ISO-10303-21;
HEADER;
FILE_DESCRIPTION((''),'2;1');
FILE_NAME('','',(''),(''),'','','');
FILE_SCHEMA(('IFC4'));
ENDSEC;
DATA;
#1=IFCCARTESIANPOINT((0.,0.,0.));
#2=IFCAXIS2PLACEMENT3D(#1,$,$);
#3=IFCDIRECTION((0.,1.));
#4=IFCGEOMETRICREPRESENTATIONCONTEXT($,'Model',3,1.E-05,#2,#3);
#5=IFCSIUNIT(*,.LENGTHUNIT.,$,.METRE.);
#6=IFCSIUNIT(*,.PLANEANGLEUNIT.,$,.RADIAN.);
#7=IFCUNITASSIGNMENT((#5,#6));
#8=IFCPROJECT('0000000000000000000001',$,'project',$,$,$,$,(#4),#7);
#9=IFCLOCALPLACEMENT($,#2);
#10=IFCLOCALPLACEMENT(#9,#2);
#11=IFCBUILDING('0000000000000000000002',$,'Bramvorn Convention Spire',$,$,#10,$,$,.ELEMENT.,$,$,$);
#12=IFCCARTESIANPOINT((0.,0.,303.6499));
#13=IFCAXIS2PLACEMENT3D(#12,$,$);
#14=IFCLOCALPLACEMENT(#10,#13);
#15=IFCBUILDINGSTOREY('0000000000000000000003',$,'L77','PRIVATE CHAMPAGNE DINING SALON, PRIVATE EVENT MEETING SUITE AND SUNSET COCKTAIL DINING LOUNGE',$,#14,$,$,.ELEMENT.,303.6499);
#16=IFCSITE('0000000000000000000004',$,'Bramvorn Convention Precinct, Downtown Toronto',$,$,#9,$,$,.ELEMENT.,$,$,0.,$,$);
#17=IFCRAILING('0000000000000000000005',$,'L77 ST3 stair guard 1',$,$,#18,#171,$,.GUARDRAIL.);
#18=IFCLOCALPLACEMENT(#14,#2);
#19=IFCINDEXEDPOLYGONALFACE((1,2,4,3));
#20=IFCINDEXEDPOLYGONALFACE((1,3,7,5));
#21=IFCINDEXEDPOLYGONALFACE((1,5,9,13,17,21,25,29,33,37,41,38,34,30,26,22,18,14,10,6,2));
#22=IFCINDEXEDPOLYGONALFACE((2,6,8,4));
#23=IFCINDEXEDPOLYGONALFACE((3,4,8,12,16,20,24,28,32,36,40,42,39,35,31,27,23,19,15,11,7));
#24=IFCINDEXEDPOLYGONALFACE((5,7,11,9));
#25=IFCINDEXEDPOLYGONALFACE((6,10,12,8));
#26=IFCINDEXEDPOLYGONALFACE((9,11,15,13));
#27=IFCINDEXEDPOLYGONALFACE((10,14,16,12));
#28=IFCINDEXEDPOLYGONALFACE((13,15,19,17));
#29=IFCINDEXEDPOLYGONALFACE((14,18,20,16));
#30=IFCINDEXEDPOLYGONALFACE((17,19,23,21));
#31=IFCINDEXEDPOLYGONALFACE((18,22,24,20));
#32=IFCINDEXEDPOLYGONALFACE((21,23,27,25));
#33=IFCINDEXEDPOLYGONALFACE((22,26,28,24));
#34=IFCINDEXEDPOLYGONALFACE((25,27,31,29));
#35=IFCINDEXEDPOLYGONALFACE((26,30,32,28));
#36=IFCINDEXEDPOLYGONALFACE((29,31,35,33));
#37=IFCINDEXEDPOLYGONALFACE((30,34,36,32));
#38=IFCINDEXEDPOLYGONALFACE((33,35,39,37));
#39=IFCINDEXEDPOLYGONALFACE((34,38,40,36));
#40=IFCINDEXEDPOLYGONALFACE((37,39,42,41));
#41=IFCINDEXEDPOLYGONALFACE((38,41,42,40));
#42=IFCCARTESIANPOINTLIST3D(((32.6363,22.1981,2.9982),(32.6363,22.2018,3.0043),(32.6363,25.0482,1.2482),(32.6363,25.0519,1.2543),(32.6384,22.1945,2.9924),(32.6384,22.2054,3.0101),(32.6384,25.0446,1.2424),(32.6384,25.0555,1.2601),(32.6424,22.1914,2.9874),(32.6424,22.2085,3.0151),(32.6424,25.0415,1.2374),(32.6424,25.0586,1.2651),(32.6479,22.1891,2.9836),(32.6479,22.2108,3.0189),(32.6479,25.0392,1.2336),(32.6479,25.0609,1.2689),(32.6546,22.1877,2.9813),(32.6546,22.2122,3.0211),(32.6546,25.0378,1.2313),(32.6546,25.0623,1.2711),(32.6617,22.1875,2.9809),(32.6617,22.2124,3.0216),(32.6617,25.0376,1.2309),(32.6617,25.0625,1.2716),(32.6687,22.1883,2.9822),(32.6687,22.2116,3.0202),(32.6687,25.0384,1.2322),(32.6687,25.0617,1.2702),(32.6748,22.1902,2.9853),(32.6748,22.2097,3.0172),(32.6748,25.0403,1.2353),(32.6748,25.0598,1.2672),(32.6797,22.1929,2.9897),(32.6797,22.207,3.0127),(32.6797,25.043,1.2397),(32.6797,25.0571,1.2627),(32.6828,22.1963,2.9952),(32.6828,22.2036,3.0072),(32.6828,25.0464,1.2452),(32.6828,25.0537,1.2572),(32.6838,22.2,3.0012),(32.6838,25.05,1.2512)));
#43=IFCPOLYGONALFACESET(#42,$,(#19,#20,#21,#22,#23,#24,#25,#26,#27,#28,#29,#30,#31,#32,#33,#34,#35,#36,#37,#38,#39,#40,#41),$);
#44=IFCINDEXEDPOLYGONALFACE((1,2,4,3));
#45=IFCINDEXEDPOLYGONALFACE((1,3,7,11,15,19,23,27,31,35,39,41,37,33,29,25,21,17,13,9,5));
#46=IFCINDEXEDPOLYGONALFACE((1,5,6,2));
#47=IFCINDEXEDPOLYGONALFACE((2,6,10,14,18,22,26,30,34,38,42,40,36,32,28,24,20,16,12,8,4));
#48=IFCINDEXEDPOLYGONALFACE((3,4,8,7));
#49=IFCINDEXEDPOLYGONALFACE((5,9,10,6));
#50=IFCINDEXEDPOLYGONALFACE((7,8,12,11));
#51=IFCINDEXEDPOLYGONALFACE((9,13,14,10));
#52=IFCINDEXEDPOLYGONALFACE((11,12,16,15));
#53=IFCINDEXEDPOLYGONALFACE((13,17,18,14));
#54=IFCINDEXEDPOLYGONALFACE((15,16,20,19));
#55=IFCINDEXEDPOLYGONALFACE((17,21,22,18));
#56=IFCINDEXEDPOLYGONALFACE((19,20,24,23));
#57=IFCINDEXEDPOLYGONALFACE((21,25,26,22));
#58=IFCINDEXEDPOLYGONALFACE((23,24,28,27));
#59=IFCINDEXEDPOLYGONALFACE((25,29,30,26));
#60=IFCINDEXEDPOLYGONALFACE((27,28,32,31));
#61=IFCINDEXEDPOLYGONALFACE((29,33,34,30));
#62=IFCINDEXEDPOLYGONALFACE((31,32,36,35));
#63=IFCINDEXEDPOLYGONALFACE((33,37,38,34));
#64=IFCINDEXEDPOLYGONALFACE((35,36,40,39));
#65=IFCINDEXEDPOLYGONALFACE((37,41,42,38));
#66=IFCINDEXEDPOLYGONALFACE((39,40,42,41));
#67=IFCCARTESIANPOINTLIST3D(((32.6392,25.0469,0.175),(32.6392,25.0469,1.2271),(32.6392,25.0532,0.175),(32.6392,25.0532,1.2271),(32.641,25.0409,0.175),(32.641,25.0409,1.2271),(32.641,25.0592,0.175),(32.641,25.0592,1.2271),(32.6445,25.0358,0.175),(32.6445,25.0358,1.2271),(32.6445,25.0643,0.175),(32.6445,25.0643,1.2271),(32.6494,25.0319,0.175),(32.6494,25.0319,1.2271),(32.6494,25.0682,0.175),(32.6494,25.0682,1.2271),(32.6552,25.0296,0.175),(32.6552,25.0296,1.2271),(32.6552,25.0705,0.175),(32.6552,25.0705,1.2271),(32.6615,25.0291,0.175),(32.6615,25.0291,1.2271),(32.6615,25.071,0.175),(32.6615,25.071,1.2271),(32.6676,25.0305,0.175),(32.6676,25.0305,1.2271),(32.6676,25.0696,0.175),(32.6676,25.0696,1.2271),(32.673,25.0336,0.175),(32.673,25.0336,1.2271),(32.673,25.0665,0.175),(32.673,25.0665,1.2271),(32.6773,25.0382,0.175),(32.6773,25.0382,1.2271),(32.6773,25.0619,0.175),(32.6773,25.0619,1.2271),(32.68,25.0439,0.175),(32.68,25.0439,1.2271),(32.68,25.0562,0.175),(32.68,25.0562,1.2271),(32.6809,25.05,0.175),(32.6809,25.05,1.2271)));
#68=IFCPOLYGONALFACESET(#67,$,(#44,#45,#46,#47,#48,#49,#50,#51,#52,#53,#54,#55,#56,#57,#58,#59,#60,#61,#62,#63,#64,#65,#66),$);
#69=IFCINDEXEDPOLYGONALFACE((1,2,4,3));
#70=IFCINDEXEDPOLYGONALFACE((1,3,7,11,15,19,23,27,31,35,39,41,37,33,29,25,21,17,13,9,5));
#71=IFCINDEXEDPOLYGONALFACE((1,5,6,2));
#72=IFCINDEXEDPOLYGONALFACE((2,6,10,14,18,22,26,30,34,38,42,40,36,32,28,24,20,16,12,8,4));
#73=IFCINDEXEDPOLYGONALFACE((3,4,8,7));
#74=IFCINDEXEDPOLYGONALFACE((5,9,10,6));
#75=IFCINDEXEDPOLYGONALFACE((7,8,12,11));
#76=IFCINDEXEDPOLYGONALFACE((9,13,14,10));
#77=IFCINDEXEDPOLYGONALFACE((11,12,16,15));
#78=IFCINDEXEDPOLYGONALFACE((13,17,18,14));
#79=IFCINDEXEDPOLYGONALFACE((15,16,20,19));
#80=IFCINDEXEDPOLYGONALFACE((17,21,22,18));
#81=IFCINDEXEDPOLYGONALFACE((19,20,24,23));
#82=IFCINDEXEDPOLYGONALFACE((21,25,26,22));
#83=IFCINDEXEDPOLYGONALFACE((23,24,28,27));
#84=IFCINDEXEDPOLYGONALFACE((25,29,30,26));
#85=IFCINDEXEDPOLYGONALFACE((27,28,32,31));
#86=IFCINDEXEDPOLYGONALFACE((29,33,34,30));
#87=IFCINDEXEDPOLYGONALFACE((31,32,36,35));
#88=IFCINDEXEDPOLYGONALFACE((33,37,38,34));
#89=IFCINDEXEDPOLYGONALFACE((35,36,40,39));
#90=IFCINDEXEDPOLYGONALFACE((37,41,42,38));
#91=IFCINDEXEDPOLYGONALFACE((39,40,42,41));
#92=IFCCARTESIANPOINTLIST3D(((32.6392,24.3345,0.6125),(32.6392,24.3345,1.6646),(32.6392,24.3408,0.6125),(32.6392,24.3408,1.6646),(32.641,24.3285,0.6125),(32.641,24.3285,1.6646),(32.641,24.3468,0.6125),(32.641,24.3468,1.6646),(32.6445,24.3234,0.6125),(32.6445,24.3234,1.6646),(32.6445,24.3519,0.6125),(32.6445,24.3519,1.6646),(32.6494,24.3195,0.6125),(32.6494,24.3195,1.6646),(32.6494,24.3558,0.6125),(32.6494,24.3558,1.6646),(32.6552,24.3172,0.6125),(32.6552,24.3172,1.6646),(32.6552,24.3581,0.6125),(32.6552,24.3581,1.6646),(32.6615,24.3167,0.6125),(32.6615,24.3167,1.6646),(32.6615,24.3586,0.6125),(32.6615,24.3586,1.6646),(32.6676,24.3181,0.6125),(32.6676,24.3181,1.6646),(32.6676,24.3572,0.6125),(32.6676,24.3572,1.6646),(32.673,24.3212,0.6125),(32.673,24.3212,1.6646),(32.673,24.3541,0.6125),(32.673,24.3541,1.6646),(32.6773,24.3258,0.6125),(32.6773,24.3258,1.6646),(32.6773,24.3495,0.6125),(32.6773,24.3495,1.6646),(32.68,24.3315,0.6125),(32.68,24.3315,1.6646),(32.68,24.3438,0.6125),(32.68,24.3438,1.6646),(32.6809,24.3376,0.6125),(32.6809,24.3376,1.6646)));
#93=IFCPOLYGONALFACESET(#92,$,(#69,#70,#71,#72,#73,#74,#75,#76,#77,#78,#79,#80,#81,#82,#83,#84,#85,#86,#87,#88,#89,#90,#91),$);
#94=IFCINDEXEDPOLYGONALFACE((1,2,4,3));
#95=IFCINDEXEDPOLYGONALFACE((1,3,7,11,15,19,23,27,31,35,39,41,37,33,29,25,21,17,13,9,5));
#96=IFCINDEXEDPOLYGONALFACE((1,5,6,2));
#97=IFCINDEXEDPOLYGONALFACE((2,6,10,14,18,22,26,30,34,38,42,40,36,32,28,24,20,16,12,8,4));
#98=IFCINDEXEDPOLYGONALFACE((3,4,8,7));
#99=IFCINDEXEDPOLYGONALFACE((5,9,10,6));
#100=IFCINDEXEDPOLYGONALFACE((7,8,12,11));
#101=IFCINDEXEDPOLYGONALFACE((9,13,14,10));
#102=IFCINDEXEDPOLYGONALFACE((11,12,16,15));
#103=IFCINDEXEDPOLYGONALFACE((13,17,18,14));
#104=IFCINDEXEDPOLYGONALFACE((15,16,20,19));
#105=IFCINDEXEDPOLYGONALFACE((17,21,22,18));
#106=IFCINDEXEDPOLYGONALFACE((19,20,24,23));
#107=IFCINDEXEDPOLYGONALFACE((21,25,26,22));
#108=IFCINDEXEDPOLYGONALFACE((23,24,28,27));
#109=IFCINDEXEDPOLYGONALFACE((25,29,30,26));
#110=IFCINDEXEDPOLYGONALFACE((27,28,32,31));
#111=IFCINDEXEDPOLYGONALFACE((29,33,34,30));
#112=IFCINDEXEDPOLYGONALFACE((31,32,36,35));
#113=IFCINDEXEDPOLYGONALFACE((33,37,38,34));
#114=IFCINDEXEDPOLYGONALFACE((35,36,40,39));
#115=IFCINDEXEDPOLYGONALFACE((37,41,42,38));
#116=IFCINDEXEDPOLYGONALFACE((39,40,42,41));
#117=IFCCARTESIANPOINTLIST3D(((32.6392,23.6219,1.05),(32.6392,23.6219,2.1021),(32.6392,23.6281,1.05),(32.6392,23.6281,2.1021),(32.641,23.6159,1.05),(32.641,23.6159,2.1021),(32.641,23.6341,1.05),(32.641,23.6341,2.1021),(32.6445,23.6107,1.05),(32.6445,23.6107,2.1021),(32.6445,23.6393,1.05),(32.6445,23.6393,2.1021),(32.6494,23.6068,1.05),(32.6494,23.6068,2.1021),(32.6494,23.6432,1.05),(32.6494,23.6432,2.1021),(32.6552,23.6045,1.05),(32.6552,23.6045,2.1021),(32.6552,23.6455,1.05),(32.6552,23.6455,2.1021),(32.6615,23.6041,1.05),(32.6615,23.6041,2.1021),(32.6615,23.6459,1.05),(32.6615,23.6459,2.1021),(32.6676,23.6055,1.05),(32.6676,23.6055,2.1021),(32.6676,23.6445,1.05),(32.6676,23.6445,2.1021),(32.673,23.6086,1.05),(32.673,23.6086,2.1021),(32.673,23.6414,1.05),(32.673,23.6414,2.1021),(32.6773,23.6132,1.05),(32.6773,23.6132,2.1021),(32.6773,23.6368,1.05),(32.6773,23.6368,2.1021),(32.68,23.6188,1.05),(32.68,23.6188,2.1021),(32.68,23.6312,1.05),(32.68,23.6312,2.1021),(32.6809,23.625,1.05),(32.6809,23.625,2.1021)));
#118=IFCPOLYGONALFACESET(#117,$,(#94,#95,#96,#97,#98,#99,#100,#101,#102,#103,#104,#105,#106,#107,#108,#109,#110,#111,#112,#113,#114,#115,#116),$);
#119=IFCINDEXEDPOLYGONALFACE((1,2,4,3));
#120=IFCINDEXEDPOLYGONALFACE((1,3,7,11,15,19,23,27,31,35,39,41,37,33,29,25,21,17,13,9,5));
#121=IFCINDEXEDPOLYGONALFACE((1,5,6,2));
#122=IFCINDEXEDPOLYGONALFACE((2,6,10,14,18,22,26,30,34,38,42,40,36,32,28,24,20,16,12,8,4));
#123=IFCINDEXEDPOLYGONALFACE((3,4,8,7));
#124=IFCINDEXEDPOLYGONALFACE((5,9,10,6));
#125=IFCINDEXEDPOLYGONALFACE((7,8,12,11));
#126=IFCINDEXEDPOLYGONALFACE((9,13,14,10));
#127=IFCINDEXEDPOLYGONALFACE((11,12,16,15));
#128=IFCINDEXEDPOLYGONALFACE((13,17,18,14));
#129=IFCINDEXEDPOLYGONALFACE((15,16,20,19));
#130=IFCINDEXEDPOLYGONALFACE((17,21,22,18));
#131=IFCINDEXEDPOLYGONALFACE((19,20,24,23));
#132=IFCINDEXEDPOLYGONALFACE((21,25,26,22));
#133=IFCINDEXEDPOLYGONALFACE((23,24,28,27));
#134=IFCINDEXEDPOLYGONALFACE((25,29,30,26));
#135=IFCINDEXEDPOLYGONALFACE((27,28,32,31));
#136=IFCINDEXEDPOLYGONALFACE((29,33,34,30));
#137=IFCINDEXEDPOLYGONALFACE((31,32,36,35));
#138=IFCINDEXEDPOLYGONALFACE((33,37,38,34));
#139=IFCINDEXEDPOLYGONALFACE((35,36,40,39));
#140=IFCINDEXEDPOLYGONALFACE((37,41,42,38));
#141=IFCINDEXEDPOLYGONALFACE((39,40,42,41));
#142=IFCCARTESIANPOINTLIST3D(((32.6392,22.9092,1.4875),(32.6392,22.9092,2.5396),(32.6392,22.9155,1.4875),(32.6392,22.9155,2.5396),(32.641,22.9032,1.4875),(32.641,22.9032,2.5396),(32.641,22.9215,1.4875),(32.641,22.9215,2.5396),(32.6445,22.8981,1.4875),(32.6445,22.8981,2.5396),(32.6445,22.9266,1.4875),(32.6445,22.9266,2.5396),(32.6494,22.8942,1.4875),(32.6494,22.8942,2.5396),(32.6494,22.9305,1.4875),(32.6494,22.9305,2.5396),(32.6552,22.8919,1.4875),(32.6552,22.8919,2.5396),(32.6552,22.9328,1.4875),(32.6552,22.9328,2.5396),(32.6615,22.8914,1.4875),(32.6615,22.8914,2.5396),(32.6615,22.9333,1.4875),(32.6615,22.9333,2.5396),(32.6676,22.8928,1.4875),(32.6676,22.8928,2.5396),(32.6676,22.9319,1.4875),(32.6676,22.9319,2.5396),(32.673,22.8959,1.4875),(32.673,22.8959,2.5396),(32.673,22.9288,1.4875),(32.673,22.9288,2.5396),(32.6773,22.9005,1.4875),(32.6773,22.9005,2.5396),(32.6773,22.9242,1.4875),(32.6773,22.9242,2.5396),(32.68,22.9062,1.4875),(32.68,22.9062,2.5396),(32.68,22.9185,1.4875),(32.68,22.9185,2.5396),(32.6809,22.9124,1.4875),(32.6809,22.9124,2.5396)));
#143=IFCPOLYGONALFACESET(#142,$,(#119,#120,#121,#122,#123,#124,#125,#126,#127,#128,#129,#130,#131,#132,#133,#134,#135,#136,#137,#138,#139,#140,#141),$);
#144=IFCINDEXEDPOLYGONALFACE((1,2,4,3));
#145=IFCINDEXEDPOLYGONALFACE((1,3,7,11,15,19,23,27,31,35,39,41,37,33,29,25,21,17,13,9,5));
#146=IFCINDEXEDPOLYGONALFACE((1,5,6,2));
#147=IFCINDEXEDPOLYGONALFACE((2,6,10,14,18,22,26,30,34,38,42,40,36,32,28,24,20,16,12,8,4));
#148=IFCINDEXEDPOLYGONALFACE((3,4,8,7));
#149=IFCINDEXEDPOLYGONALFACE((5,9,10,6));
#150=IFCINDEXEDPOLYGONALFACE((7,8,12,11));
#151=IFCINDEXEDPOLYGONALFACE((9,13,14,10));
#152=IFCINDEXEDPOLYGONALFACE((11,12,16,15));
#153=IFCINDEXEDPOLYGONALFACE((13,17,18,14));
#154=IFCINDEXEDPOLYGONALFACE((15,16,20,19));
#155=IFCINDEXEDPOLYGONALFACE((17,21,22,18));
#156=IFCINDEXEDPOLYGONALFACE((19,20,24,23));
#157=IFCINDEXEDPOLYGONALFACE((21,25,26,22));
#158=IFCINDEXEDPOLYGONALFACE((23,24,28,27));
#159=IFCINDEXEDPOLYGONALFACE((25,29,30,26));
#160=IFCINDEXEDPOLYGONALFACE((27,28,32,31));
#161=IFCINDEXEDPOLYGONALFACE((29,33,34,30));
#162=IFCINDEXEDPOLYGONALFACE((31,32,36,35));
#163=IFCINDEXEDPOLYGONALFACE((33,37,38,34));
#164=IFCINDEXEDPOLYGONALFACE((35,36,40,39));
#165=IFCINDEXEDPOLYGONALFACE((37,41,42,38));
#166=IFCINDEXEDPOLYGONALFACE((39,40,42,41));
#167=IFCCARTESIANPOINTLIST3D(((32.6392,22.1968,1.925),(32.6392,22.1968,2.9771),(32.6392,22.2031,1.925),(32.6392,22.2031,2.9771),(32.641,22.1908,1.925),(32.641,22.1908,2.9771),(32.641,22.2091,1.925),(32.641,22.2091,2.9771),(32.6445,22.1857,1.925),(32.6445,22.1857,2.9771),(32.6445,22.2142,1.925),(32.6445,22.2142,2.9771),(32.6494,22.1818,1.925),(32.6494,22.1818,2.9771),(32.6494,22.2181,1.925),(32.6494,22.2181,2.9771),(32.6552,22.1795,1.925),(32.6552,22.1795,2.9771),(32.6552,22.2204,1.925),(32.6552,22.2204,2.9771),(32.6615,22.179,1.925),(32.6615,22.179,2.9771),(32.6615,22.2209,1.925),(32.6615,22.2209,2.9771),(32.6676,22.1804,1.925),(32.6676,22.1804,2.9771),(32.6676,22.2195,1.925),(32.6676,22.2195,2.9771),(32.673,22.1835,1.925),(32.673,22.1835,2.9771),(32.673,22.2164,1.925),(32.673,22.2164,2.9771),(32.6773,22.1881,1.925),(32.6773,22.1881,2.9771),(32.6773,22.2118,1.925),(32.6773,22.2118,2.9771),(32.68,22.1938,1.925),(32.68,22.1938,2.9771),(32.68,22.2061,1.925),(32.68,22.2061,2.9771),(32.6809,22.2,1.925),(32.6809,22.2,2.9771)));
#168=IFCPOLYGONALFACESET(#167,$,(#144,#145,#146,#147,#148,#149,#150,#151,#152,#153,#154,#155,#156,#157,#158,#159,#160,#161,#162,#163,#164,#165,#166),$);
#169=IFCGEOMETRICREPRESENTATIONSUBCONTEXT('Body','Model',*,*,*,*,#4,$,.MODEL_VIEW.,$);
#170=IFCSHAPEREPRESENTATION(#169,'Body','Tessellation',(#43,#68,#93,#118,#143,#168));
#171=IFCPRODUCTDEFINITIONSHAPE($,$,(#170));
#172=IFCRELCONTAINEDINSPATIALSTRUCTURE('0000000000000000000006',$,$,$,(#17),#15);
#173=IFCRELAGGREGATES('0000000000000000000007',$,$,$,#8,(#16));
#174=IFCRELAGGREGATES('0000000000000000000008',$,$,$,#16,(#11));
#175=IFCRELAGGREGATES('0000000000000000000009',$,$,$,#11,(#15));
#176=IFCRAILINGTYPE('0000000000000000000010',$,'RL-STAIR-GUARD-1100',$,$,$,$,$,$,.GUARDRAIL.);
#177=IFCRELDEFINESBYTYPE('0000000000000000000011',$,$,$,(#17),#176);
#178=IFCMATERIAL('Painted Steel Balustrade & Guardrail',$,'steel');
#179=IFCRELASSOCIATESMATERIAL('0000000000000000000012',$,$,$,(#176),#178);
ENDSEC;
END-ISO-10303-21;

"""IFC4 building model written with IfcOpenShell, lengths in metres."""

from ifc_helpers import new_model, si_unit, direction, frame, origin, origin_2d, place, context, subcontext, project, spatial, circle, extrude, material, type_object, element, save


model = new_model("IFC4")

# Units and contexts
model_context = context("Model", 3, precision=1e-05, world=origin(), true_north=direction((0.0, 1.0)))
body_context = subcontext(model_context, "Body", "Model", "MODEL_VIEW")
ifc_project = project(units=[si_unit("LENGTHUNIT", "METRE"), si_unit("PLANEANGLEUNIT", "RADIAN")], contexts=[model_context])

# Site, building, storey
site_placement = place(None, origin())
site = spatial("IfcSite", under=ifc_project, at=site_placement, Name="Bramvorn Convention Precinct, Downtown Toronto", CompositionType="ELEMENT", RefElevation=0.0)
building_placement = place(site_placement, origin())
building = spatial("IfcBuilding", under=site, at=building_placement, Name="Bramvorn Convention Spire", CompositionType="ELEMENT")
storey_placement = place(building_placement, frame((0.0, 0.0, 303.6499)))
storey = spatial("IfcBuildingStorey", under=building, at=storey_placement, Name="L77", Description="PRIVATE CHAMPAGNE DINING SALON, PRIVATE EVENT MEETING SUITE AND SUNSET COCKTAIL DINING LOUNGE", CompositionType="ELEMENT", Elevation=303.6499)

# Railing
ifc_material_1 = material(Name="Painted Steel Balustrade & Guardrail", Category="steel")
railing_type_1 = type_object("IfcRailingType", Name="RL-STAIR-GUARD-1100", PredefinedType="GUARDRAIL", material=ifc_material_1)
railing_1_placement = place(storey_placement, frame((32.6599, 25.05, 0.175)))
element("IfcRailing", 1, at=railing_1_placement, inside=storey, type_object=railing_type_1, Name="L77 ST3 stair guard 1", PredefinedType="GUARDRAIL", context=body_context, shape_type="SweptSolid", body=[
    extrude(circle(Radius=0.0239, at=origin_2d()), frame((0.0, 0.0, 1.0762), z_axis=(0.0, -0.852179, 0.52325), x_axis=(1.0, 0.0, 0.0)), (0.0, 0.0, 1.0), 3.3445),
    extrude(circle(Radius=0.021, at=origin_2d()), origin(), (0.0, 0.0, 1.0), 1.052),
    extrude(circle(Radius=0.021, at=origin_2d()), frame((0.0, -0.7124, 0.4375)), (0.0, 0.0, 1.0), 1.052),
    extrude(circle(Radius=0.021, at=origin_2d()), frame((0.0, -1.425, 0.875)), (0.0, 0.0, 1.0), 1.052),
    extrude(circle(Radius=0.021, at=origin_2d()), frame((0.0, -2.1377, 1.3125)), (0.0, 0.0, 1.0), 1.052),
    extrude(circle(Radius=0.021, at=origin_2d()), frame((0.0, -2.8501, 1.75)), (0.0, 0.0, 1.0), 1.052),
])

save(model, "model.ifc")
